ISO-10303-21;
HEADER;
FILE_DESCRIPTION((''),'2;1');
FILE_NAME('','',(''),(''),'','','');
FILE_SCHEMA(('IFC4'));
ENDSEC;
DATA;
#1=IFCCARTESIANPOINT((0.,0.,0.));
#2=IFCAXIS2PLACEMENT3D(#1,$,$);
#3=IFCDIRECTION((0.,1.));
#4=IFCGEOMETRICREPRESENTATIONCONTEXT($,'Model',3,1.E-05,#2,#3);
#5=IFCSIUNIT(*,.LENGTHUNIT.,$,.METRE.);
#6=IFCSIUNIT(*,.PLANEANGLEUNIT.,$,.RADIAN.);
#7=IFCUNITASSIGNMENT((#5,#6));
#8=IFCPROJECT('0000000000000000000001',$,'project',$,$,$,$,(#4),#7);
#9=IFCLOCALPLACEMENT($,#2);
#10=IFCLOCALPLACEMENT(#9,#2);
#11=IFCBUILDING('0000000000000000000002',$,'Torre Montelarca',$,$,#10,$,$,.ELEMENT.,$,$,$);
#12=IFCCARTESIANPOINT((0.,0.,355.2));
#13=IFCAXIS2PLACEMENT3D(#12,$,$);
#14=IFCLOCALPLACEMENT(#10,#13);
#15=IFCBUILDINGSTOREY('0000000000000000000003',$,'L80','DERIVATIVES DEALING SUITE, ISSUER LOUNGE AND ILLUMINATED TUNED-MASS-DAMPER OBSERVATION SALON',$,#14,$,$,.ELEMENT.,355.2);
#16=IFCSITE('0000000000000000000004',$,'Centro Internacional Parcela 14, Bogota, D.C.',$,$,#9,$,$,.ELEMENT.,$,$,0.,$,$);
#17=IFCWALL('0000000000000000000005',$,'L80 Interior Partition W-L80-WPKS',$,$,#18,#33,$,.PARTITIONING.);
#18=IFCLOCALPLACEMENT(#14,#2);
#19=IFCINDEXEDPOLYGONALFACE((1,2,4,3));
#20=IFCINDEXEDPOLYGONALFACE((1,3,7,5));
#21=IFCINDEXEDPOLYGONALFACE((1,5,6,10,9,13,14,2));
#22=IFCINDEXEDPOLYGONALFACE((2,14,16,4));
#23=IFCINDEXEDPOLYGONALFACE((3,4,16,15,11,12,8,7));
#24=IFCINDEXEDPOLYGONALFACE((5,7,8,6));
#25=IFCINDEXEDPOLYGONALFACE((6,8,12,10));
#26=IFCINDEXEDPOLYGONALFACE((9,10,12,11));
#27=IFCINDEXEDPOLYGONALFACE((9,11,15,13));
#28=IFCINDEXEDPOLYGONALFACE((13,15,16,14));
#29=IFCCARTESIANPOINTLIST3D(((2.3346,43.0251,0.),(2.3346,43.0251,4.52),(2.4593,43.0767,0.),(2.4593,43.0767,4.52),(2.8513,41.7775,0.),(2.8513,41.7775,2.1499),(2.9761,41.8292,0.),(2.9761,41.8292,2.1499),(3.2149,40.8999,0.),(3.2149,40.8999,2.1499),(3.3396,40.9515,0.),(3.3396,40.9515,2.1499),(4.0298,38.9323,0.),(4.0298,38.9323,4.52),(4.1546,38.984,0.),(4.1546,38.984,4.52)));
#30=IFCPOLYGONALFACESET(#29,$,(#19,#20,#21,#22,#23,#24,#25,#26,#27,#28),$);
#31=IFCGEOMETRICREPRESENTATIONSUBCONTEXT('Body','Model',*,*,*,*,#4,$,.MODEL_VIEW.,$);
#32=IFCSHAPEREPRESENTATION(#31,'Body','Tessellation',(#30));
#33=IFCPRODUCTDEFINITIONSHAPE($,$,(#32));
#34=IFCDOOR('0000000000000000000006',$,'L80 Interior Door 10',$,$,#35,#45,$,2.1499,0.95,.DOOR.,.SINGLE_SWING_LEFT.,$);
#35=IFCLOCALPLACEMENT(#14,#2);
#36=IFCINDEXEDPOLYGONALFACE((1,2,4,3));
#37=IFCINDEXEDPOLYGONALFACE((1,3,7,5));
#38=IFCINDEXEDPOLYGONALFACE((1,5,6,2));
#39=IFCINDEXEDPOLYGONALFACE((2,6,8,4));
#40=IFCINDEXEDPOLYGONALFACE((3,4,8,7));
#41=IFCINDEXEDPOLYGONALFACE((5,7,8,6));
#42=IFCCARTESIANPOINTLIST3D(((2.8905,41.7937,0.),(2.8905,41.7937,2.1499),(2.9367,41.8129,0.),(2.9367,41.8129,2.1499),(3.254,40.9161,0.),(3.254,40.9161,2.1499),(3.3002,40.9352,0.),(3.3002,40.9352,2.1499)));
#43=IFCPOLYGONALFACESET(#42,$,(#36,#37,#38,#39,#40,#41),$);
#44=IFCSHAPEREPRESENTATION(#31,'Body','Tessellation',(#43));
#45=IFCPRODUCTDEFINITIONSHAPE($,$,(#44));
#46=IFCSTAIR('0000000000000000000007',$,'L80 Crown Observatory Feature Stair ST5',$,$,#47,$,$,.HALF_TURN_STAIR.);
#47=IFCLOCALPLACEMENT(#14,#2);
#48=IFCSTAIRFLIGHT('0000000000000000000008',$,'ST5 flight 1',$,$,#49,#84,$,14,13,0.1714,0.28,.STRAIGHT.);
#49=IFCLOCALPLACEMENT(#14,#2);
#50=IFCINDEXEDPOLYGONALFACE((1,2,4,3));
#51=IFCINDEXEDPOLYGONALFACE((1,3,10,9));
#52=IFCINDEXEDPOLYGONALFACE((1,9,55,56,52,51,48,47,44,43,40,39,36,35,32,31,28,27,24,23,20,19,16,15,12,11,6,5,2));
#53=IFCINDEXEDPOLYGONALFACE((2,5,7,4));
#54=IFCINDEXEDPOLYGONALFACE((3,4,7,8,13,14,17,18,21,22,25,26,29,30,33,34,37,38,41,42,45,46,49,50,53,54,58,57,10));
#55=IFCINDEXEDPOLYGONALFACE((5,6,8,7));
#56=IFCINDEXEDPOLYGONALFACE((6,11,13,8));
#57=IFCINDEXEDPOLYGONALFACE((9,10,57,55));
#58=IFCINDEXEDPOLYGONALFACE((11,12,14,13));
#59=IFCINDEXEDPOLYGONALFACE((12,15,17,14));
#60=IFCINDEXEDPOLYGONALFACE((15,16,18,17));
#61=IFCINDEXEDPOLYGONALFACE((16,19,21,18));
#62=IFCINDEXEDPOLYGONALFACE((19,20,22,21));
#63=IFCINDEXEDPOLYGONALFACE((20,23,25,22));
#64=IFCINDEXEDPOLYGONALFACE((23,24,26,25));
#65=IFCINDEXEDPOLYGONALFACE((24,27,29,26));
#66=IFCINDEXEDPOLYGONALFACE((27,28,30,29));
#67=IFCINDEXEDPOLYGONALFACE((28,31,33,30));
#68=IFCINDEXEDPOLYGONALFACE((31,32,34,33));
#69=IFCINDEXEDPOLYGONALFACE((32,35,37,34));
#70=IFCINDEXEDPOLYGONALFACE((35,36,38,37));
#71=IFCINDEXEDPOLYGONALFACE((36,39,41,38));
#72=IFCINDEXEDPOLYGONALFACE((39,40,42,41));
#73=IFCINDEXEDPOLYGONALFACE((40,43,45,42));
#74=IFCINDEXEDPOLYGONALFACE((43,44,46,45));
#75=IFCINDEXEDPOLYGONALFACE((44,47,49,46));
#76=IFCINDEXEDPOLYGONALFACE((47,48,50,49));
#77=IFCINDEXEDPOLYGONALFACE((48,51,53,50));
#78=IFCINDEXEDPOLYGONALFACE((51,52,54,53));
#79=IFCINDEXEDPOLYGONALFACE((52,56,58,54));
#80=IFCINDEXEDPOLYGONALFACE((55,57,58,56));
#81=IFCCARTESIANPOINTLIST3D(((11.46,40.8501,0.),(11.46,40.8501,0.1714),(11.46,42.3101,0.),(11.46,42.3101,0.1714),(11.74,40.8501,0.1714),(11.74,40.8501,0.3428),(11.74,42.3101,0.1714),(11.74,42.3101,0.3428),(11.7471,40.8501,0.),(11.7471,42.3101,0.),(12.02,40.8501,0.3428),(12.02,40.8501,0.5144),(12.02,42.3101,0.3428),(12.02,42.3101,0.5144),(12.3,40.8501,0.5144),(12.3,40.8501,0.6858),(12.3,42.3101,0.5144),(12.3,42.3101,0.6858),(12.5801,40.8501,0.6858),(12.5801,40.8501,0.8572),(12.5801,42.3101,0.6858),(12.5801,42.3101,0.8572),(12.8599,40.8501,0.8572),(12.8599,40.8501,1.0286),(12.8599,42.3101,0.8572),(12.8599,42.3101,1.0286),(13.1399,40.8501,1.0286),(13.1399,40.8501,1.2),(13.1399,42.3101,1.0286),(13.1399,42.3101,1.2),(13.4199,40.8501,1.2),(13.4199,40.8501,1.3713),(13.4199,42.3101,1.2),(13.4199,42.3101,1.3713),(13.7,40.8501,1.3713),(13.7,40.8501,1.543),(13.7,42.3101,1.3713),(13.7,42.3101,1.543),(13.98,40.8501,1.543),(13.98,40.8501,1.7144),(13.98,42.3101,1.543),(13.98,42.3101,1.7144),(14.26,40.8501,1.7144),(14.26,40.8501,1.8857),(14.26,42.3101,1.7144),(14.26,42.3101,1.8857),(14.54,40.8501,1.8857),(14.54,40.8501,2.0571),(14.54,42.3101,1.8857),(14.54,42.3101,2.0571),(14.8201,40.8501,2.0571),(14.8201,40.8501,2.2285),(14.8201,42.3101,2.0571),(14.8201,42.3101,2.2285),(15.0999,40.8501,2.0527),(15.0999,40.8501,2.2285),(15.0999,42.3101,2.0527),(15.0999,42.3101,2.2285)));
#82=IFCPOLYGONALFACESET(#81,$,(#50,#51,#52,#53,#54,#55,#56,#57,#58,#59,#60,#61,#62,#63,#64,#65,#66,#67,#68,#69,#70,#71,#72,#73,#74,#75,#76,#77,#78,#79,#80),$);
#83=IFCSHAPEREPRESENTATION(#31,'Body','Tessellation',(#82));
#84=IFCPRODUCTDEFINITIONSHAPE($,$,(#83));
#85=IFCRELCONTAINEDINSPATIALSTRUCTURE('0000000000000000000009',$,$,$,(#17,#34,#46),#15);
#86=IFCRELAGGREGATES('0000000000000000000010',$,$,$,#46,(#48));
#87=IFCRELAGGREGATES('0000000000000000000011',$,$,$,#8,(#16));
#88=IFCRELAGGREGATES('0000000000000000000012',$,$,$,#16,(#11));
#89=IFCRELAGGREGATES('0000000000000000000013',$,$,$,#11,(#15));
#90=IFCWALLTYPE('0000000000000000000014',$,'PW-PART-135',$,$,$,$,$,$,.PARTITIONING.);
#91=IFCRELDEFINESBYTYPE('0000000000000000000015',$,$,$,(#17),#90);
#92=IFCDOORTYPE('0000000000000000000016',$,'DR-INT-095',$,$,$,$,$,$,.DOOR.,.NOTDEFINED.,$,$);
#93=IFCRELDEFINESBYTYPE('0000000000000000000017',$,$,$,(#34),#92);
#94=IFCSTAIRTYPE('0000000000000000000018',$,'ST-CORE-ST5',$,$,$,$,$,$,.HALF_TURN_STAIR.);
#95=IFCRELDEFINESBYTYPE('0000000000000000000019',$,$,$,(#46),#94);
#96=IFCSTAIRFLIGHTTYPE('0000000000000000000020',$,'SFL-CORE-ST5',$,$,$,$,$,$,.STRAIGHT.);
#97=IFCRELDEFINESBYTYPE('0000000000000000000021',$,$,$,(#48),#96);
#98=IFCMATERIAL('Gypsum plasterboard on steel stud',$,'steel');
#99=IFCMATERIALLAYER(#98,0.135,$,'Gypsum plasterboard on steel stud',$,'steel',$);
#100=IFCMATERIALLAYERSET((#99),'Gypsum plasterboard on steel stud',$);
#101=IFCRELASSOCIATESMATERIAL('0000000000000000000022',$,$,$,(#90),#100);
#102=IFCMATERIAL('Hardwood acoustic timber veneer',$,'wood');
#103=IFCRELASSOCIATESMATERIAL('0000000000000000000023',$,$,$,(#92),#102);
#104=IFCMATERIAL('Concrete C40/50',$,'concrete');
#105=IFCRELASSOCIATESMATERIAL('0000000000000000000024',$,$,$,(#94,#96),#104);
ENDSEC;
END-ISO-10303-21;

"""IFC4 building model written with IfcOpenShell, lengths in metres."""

from ifc_helpers import new_model, si_unit, direction, frame, frame_2d, origin, place, context, subcontext, project, spatial, polyline, rectangle, outline, extrude, source, transform, mapped, material, layer, layer_set, type_object, element, fill, aggregate, save


model = new_model("IFC4")

# Units and contexts
model_context = context("Model", 3, precision=1e-05, world=origin(), true_north=direction((0.0, 1.0)))
body_context = subcontext(model_context, "Body", "Model", "MODEL_VIEW")
ifc_project = project(units=[si_unit("LENGTHUNIT", "METRE"), si_unit("PLANEANGLEUNIT", "RADIAN")], contexts=[model_context])

# Site, building, storey
site_placement = place(None, origin())
site = spatial("IfcSite", under=ifc_project, at=site_placement, Name="Centro Internacional Parcela 14, Bogota, D.C.", CompositionType="ELEMENT", RefElevation=0.0)
building_placement = place(site_placement, origin())
building = spatial("IfcBuilding", under=site, at=building_placement, Name="Torre Montelarca", CompositionType="ELEMENT")
storey_placement = place(building_placement, frame((0.0, 0.0, 355.2)))
storey = spatial("IfcBuildingStorey", under=building, at=storey_placement, Name="L80", Description="DERIVATIVES DEALING SUITE, ISSUER LOUNGE AND ILLUMINATED TUNED-MASS-DAMPER OBSERVATION SALON", CompositionType="ELEMENT", Elevation=355.2)

# Shared definitions
ifc_material_1 = material(Name="Concrete C40/50", Category="concrete")

# Wall, opening, door
ifc_material_2 = material(Name="Hardwood acoustic timber veneer", Category="wood")
ifc_material_3 = material(Name="Gypsum plasterboard on steel stud", Category="steel")
ifc_layer_1 = layer(ifc_material_3, 0.135, Name="Gypsum plasterboard on steel stud", Category="steel")
ifc_layer_set_1 = layer_set([ifc_layer_1], Name="Gypsum plasterboard on steel stud")
wall_type_1 = type_object("IfcWallType", Name="PW-PART-135", PredefinedType="PARTITIONING", material=ifc_layer_set_1)
wall_1_placement = place(storey_placement, frame((2.397, 43.0508, 0.0), z_axis=(0.0, 0.0, 1.0), x_axis=(0.382689, -0.923877, 0.0)))
wall_1 = element("IfcWall", 1, at=wall_1_placement, inside=storey, type_object=wall_type_1, Name="L80 Interior Partition W-L80-WPKS", PredefinedType="PARTITIONING", context=body_context, shape_type="SweptSolid", body=[
    extrude(rectangle(XDim=4.4299, YDim=0.135, at=frame_2d((2.2148, 0.0))), origin(), (0.0, 0.0, 1.0), 4.52),
])
opening_1_placement = place(wall_1_placement, frame((1.3501, 0.0, 0.0)))
opening_1 = element("IfcOpeningElement", 2, at=opening_1_placement, cuts=wall_1, PredefinedType="OPENING", context=body_context, shape_type="SweptSolid", body=[
    extrude(rectangle(XDim=0.95, YDim=2.1499, at=frame_2d((0.4751, 1.075))), frame((0.0, 0.0776, 0.0), z_axis=(0.0, -1.0, 0.0), x_axis=(1.0, 0.0, 0.0)), (0.0, 0.0, 1.0), 0.155),
])
door_type_1 = type_object("IfcDoorType", Name="DR-INT-095", OperationType="NOTDEFINED", PredefinedType="DOOR", material=ifc_material_2)
shared_shape_1 = source(origin(), body_context, "Body", "SweptSolid", [
    extrude(rectangle(XDim=0.95, YDim=2.1499, at=frame_2d((0.4751, 1.075))), frame((0.0, 0.0249, 0.0), z_axis=(0.0, -1.0, 0.0), x_axis=(1.0, 0.0, 0.0)), (0.0, 0.0, 1.0), 0.05),
])
door_1_placement = place(opening_1_placement, origin())
door_1 = element("IfcDoor", 3, at=door_1_placement, inside=storey, type_object=door_type_1, Name="L80 Interior Door 10", OperationType="SINGLE_SWING_LEFT", OverallHeight=2.1499, OverallWidth=0.95, PredefinedType="DOOR", context=body_context, shape_type="MappedRepresentation", body=[
    mapped(shared_shape_1, transform((0.0, 0.0, 0.0), scale=1.0)),
])
fill(opening_1, door_1)

# Stair, stair flight
stair_type = type_object("IfcStairType", Name="ST-CORE-ST5", PredefinedType="HALF_TURN_STAIR", material=ifc_material_1)
stair_placement = place(storey_placement, origin())
stair = element("IfcStair", 4, at=stair_placement, inside=storey, type_object=stair_type, Name="L80 Crown Observatory Feature Stair ST5", PredefinedType="HALF_TURN_STAIR")
stair_flight_type = type_object("IfcStairFlightType", Name="SFL-CORE-ST5", PredefinedType="STRAIGHT", material=ifc_material_1)
stair_flight_placement = place(storey_placement, frame((11.46, 41.5801, 0.0), z_axis=(0.0, 0.0, 1.0), x_axis=(1.0, 0.0, 0.0)))
stair_flight = element("IfcStairFlight", 5, at=stair_flight_placement, type_object=stair_flight_type, Name="ST5 flight 1", NumberOfRisers=14, NumberOfTreads=13, PredefinedType="STRAIGHT", RiserHeight=0.1714, TreadLength=0.28, context=body_context, shape_type="SweptSolid", body=[
    extrude(outline(polyline([(0.0, 0.0), (0.0, 0.1714), (0.28, 0.1714), (0.28, 0.3428), (0.5601, 0.3428), (0.5601, 0.5144), (0.8401, 0.5144), (0.8401, 0.6858), (1.1201, 0.6858), (1.1201, 0.8572), (1.3999, 0.8572), (1.3999, 1.0286), (1.6799, 1.0286), (1.6799, 1.2), (1.96, 1.2), (1.96, 1.3713), (2.24, 1.3713), (2.24, 1.543), (2.52, 1.543), (2.52, 1.7144), (2.8, 1.7144), (2.8, 1.8857), (3.0801, 1.8857), (3.0801, 2.0571), (3.3601, 2.0571), (3.3601, 2.2285), (3.6399, 2.2285), (3.6399, 2.3999), (3.6399, 2.0527), (0.2871, 0.0), (0.0, 0.0)])), frame((0.0, 0.73, 0.0), z_axis=(0.0, -1.0, 0.0), x_axis=(1.0, 0.0, 0.0)), (0.0, 0.0, 1.0), 1.46),
])
aggregate(stair, [stair_flight])

save(model, "model.ifc")
